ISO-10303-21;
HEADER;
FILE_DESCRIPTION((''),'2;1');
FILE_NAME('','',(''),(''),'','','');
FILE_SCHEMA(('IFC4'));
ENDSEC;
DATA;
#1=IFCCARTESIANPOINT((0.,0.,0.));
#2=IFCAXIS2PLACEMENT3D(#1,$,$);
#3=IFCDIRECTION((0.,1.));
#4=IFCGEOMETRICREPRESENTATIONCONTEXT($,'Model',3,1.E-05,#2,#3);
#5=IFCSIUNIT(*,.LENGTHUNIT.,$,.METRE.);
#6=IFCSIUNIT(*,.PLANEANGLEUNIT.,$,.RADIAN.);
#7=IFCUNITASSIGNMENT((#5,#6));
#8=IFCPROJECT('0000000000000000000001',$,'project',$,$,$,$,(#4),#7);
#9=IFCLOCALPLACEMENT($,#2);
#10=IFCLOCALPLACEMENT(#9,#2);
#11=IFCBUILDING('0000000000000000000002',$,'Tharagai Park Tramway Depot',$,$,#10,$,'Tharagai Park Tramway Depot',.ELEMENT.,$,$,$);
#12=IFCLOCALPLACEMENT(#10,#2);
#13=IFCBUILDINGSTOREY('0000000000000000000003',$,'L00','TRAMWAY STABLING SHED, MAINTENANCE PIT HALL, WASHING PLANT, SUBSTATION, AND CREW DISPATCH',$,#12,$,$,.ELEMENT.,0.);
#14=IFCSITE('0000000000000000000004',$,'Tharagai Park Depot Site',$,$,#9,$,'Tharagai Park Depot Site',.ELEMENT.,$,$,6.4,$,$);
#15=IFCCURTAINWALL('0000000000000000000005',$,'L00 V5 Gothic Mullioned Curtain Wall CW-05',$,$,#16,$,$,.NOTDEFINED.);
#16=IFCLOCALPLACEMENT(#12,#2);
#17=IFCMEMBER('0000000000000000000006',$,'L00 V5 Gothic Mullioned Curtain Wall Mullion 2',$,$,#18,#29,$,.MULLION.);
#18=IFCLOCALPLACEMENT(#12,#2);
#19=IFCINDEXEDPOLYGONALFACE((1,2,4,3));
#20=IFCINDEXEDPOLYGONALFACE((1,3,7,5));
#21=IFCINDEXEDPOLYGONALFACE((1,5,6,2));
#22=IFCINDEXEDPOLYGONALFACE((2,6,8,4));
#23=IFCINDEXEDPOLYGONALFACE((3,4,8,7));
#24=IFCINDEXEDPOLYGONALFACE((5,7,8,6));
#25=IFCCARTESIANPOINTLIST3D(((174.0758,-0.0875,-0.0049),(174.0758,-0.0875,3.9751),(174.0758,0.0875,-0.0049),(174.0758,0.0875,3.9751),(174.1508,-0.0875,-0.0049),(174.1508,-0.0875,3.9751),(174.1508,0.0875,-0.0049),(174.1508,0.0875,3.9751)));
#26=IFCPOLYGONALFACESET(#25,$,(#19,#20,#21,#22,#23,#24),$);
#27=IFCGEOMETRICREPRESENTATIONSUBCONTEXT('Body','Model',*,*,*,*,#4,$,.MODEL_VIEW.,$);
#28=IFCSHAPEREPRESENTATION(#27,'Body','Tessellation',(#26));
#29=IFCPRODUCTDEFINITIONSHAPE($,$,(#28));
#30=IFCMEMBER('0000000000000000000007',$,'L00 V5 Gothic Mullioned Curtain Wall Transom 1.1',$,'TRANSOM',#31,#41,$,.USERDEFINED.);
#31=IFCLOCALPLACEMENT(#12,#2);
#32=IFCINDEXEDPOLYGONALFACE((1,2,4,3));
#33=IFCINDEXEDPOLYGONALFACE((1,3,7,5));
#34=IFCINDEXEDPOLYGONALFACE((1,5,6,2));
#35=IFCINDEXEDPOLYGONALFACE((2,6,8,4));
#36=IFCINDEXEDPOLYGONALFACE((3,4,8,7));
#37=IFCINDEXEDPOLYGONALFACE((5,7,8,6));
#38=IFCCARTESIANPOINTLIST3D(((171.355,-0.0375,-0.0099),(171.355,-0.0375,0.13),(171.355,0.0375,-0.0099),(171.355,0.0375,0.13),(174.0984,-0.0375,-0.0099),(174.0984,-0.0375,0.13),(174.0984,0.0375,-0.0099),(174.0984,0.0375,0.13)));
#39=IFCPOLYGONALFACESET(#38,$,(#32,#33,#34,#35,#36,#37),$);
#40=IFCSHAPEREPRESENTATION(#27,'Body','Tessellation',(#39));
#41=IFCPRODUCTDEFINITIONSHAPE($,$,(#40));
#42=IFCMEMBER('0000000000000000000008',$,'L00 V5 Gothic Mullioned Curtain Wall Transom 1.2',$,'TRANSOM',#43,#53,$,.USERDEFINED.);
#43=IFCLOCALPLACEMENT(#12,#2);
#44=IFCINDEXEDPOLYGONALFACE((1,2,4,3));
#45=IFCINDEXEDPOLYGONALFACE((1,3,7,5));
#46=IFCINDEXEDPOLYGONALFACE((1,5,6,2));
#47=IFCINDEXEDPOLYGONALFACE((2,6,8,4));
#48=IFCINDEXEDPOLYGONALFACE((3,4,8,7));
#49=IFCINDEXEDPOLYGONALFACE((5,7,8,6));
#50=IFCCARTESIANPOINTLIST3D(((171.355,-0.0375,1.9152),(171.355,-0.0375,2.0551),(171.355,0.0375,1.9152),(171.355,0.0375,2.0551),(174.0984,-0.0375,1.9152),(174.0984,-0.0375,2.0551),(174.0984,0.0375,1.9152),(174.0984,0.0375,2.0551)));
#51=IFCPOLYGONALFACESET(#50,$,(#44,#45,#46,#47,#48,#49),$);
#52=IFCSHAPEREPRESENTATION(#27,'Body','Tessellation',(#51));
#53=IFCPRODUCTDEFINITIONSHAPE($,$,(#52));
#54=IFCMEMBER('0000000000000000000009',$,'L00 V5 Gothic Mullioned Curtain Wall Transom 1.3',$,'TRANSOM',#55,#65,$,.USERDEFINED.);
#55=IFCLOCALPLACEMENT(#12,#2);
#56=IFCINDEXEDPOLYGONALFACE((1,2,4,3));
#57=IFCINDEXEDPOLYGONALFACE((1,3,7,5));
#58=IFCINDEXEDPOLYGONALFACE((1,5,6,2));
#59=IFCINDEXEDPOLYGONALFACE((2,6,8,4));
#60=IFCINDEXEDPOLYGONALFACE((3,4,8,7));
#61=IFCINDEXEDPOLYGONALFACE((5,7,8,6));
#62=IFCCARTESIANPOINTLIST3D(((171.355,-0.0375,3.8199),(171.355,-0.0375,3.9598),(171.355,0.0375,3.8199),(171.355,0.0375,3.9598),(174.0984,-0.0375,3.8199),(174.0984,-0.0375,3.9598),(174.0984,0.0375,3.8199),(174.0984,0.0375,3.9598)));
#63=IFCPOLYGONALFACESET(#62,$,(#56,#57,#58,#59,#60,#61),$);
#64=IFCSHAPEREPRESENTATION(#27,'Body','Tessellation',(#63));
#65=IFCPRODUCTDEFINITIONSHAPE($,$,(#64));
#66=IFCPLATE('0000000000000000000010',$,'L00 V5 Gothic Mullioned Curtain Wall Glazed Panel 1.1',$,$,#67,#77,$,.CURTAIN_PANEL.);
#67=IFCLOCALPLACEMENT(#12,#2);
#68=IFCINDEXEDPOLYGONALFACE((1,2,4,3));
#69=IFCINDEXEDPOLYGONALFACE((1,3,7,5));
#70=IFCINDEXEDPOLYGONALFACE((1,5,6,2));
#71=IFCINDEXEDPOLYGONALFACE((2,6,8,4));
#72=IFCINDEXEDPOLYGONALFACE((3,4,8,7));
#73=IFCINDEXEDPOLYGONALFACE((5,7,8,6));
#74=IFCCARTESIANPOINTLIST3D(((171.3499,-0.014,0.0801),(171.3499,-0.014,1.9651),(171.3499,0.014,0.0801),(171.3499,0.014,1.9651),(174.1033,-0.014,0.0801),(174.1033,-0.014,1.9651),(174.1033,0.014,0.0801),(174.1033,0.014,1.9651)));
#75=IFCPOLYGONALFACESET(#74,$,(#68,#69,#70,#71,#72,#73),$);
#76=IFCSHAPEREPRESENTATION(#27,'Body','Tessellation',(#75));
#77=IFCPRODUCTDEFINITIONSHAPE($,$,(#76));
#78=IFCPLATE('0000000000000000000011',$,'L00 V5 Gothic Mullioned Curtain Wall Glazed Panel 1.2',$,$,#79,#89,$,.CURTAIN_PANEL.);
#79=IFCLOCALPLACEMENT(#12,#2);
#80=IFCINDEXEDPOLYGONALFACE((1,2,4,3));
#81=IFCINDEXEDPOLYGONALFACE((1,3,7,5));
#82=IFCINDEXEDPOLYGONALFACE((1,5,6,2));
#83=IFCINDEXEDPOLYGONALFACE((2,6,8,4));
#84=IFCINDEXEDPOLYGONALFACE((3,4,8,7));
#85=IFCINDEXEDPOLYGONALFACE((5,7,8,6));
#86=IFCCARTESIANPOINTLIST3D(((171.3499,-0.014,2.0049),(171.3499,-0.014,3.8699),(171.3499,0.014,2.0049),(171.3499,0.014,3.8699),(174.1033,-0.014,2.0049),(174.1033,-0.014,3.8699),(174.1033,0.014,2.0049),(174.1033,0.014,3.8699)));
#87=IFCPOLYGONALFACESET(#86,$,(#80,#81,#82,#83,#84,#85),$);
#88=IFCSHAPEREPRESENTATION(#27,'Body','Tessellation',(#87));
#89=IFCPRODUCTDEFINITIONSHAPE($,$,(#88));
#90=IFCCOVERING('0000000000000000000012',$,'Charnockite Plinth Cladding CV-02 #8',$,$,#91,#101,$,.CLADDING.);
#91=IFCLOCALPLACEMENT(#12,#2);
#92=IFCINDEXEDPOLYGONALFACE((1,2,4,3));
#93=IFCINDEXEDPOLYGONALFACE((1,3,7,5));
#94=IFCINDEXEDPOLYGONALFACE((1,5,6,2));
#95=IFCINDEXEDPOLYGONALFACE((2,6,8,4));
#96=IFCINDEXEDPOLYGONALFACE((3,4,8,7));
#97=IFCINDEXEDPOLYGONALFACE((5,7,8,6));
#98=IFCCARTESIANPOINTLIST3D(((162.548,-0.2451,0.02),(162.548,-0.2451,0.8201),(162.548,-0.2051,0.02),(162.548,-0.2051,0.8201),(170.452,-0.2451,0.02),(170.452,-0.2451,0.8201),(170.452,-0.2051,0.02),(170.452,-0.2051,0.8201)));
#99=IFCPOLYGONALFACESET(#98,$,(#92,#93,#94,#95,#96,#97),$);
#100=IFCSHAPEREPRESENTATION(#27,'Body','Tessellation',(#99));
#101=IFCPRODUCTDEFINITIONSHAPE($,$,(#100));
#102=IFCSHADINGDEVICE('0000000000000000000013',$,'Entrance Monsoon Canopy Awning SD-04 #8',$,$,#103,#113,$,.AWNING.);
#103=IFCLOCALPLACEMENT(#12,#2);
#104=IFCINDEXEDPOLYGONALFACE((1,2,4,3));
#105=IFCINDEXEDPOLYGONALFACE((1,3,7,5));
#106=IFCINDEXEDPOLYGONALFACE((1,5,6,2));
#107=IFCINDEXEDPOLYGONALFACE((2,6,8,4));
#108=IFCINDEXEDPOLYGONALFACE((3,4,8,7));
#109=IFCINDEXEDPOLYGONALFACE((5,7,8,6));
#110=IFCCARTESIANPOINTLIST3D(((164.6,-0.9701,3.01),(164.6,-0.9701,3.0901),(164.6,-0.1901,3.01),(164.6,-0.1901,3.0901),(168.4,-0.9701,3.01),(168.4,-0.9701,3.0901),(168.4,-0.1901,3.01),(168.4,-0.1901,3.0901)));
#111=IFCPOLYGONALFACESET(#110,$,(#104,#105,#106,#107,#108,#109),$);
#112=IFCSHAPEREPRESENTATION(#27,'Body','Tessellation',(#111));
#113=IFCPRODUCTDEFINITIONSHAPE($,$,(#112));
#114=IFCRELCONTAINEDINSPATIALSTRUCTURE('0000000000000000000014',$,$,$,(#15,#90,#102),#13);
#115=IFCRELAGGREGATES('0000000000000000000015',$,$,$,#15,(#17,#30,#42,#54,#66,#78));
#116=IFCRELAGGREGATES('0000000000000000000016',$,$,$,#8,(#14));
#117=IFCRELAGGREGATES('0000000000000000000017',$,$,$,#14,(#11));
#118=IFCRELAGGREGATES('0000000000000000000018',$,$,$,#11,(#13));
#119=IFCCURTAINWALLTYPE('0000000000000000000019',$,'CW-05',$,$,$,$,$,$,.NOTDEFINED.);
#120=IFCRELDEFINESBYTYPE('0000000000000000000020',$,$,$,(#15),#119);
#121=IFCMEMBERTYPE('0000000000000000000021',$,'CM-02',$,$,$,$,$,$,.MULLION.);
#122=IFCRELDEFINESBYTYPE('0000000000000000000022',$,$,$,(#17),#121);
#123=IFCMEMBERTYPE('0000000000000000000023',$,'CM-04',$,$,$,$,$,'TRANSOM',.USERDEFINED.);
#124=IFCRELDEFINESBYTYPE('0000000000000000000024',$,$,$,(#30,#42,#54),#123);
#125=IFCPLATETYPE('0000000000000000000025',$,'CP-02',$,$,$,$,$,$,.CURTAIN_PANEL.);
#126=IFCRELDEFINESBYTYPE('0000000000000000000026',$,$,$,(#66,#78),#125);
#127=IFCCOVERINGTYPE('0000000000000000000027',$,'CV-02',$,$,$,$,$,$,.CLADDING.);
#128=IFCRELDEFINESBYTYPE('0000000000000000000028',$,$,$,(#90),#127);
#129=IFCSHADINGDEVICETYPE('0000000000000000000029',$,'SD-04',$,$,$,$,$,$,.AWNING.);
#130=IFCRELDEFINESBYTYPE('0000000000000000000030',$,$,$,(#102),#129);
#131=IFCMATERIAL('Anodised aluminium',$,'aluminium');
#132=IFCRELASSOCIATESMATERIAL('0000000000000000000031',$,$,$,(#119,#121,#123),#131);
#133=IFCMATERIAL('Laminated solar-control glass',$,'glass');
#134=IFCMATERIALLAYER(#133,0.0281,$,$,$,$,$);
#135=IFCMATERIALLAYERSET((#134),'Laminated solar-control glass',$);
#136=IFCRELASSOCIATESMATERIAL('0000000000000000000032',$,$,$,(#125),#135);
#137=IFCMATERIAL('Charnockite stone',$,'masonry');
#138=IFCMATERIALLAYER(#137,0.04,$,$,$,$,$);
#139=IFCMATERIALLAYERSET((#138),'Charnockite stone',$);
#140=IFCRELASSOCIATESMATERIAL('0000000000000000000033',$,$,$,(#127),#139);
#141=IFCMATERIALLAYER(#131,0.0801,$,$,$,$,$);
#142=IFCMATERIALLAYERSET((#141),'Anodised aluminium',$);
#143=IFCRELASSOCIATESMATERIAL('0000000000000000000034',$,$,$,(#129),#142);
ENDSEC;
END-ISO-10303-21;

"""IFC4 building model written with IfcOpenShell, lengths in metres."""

from ifc_helpers import new_model, si_unit, direction, frame, origin, origin_2d, place, context, subcontext, project, spatial, rectangle, extrude, material, layer, layer_set, material_profile, profile_set, type_object, element, aggregate, save


model = new_model("IFC4")

# Units and contexts
model_context = context("Model", 3, precision=1e-05, world=origin(), true_north=direction((0.0, 1.0)))
body_context = subcontext(model_context, "Body", "Model", "MODEL_VIEW")
ifc_project = project(units=[si_unit("LENGTHUNIT", "METRE"), si_unit("PLANEANGLEUNIT", "RADIAN")], contexts=[model_context])

# Site, building, storey
site_placement = place(None, origin())
site = spatial("IfcSite", under=ifc_project, at=site_placement, Name="Tharagai Park Depot Site", LongName="Tharagai Park Depot Site", CompositionType="ELEMENT", RefElevation=6.4)
building_placement = place(site_placement, origin())
building = spatial("IfcBuilding", under=site, at=building_placement, Name="Tharagai Park Tramway Depot", LongName="Tharagai Park Tramway Depot", CompositionType="ELEMENT")
storey_placement = place(building_placement, origin())
storey = spatial("IfcBuildingStorey", under=building, at=storey_placement, Name="L00", Description="TRAMWAY STABLING SHED, MAINTENANCE PIT HALL, WASHING PLANT, SUBSTATION, AND CREW DISPATCH", CompositionType="ELEMENT", Elevation=0.0)

# Curtain wall, members, plates
ifc_material_1 = material(Name="Anodised aluminium", Category="aluminium")
curtain_wall_type = type_object("IfcCurtainWallType", Name="CW-05", PredefinedType="NOTDEFINED", material=ifc_material_1)
curtain_wall_placement = place(storey_placement, origin())
curtain_wall = element("IfcCurtainWall", 1, at=curtain_wall_placement, inside=storey, type_object=curtain_wall_type, Name="L00 V5 Gothic Mullioned Curtain Wall CW-05", PredefinedType="NOTDEFINED")
ifc_material_profile_1 = material_profile(ifc_material_1, rectangle(XDim=0.075, YDim=0.175, at=origin_2d()), Name="ALU 75x175")
ifc_profile_set_1 = profile_set([ifc_material_profile_1], Name="Anodised aluminium")
member_type_1 = type_object("IfcMemberType", Name="CM-02", PredefinedType="MULLION", material=ifc_profile_set_1)
member_1_placement = place(storey_placement, frame((174.1133, 0.0, -0.0049), z_axis=(0.0, 0.0, 1.0), x_axis=(1.0, 0.0, 0.0)))
member_1 = element("IfcMember", 2, at=member_1_placement, type_object=member_type_1, Name="L00 V5 Gothic Mullioned Curtain Wall Mullion 2", PredefinedType="MULLION", context=body_context, shape_type="SweptSolid", body=[
    extrude(rectangle(XDim=0.075, YDim=0.175, at=origin_2d()), origin(), (0.0, 0.0, 1.0), 3.98),
])
ifc_material_profile_2 = material_profile(ifc_material_1, rectangle(XDim=0.075, YDim=0.1399, at=origin_2d()), Name="ALU 75x140")
ifc_profile_set_2 = profile_set([ifc_material_profile_2], Name="Anodised aluminium")
member_type_2 = type_object("IfcMemberType", Name="CM-04", ElementType="TRANSOM", PredefinedType="USERDEFINED", material=ifc_profile_set_2)
member_2_placement = place(storey_placement, frame((171.355, 0.0, 0.0601), z_axis=(1.0, 0.0, 0.0), x_axis=(0.0, 1.0, 0.0)))
member_2 = element("IfcMember", 3, at=member_2_placement, type_object=member_type_2, Name="L00 V5 Gothic Mullioned Curtain Wall Transom 1.1", ObjectType="TRANSOM", PredefinedType="USERDEFINED", context=body_context, shape_type="SweptSolid", body=[
    extrude(rectangle(XDim=0.075, YDim=0.1399, at=origin_2d()), origin(), (0.0, 0.0, 1.0), 2.7434),
])
member_3_placement = place(storey_placement, frame((171.355, 0.0, 1.9851), z_axis=(1.0, 0.0, 0.0), x_axis=(0.0, 1.0, 0.0)))
member_3 = element("IfcMember", 4, at=member_3_placement, type_object=member_type_2, Name="L00 V5 Gothic Mullioned Curtain Wall Transom 1.2", ObjectType="TRANSOM", PredefinedType="USERDEFINED", context=body_context, shape_type="SweptSolid", body=[
    extrude(rectangle(XDim=0.075, YDim=0.1399, at=origin_2d()), origin(), (0.0, 0.0, 1.0), 2.7434),
])
member_4_placement = place(storey_placement, frame((171.355, 0.0, 3.8899), z_axis=(1.0, 0.0, 0.0), x_axis=(0.0, 1.0, 0.0)))
member_4 = element("IfcMember", 5, at=member_4_placement, type_object=member_type_2, Name="L00 V5 Gothic Mullioned Curtain Wall Transom 1.3", ObjectType="TRANSOM", PredefinedType="USERDEFINED", context=body_context, shape_type="SweptSolid", body=[
    extrude(rectangle(XDim=0.075, YDim=0.1399, at=origin_2d()), origin(), (0.0, 0.0, 1.0), 2.7434),
])
ifc_material_2 = material(Name="Laminated solar-control glass", Category="glass")
ifc_layer_1 = layer(ifc_material_2, 0.0281)
ifc_layer_set_1 = layer_set([ifc_layer_1], Name="Laminated solar-control glass")
plate_type = type_object("IfcPlateType", Name="CP-02", PredefinedType="CURTAIN_PANEL", material=ifc_layer_set_1)
plate_1_placement = place(storey_placement, frame((172.7266, 0.0, 0.0801), z_axis=(0.0, 0.0, 1.0), x_axis=(1.0, 0.0, 0.0)))
plate_1 = element("IfcPlate", 6, at=plate_1_placement, type_object=plate_type, Name="L00 V5 Gothic Mullioned Curtain Wall Glazed Panel 1.1", PredefinedType="CURTAIN_PANEL", context=body_context, shape_type="SweptSolid", body=[
    extrude(rectangle(XDim=2.7534, YDim=0.0281, at=origin_2d()), origin(), (0.0, 0.0, 1.0), 1.885),
])
plate_2_placement = place(storey_placement, frame((172.7266, 0.0, 2.0049), z_axis=(0.0, 0.0, 1.0), x_axis=(1.0, 0.0, 0.0)))
plate_2 = element("IfcPlate", 7, at=plate_2_placement, type_object=plate_type, Name="L00 V5 Gothic Mullioned Curtain Wall Glazed Panel 1.2", PredefinedType="CURTAIN_PANEL", context=body_context, shape_type="SweptSolid", body=[
    extrude(rectangle(XDim=2.7534, YDim=0.0281, at=origin_2d()), origin(), (0.0, 0.0, 1.0), 1.865),
])
aggregate(curtain_wall, [member_1, member_2, member_3, member_4, plate_1, plate_2])

# Covering
ifc_material_3 = material(Name="Charnockite stone", Category="masonry")
ifc_layer_2 = layer(ifc_material_3, 0.04)
ifc_layer_set_2 = layer_set([ifc_layer_2], Name="Charnockite stone")
covering_type = type_object("IfcCoveringType", Name="CV-02", PredefinedType="CLADDING", material=ifc_layer_set_2)
covering_placement = place(storey_placement, frame((166.5, -0.2251, 0.02), z_axis=(0.0, 0.0, 1.0), x_axis=(1.0, 0.0, 0.0)))
element("IfcCovering", 8, at=covering_placement, inside=storey, type_object=covering_type, Name="Charnockite Plinth Cladding CV-02 #8", PredefinedType="CLADDING", context=body_context, shape_type="SweptSolid", body=[
    extrude(rectangle(XDim=7.9041, YDim=0.04, at=origin_2d()), origin(), (0.0, 0.0, 1.0), 0.8),
])

# Shading device
ifc_layer_3 = layer(ifc_material_1, 0.0801)
ifc_layer_set_3 = layer_set([ifc_layer_3], Name="Anodised aluminium")
shading_device_type = type_object("IfcShadingDeviceType", Name="SD-04", PredefinedType="AWNING", material=ifc_layer_set_3)
shading_device_placement = place(storey_placement, frame((166.5, -0.5801, 3.01), z_axis=(0.0, 0.0, 1.0), x_axis=(1.0, 0.0, 0.0)))
element("IfcShadingDevice", 9, at=shading_device_placement, inside=storey, type_object=shading_device_type, Name="Entrance Monsoon Canopy Awning SD-04 #8", PredefinedType="AWNING", context=body_context, shape_type="SweptSolid", body=[
    extrude(rectangle(XDim=3.8, YDim=0.78, at=origin_2d()), origin(), (0.0, 0.0, 1.0), 0.0801),
])

save(model, "model.ifc")
